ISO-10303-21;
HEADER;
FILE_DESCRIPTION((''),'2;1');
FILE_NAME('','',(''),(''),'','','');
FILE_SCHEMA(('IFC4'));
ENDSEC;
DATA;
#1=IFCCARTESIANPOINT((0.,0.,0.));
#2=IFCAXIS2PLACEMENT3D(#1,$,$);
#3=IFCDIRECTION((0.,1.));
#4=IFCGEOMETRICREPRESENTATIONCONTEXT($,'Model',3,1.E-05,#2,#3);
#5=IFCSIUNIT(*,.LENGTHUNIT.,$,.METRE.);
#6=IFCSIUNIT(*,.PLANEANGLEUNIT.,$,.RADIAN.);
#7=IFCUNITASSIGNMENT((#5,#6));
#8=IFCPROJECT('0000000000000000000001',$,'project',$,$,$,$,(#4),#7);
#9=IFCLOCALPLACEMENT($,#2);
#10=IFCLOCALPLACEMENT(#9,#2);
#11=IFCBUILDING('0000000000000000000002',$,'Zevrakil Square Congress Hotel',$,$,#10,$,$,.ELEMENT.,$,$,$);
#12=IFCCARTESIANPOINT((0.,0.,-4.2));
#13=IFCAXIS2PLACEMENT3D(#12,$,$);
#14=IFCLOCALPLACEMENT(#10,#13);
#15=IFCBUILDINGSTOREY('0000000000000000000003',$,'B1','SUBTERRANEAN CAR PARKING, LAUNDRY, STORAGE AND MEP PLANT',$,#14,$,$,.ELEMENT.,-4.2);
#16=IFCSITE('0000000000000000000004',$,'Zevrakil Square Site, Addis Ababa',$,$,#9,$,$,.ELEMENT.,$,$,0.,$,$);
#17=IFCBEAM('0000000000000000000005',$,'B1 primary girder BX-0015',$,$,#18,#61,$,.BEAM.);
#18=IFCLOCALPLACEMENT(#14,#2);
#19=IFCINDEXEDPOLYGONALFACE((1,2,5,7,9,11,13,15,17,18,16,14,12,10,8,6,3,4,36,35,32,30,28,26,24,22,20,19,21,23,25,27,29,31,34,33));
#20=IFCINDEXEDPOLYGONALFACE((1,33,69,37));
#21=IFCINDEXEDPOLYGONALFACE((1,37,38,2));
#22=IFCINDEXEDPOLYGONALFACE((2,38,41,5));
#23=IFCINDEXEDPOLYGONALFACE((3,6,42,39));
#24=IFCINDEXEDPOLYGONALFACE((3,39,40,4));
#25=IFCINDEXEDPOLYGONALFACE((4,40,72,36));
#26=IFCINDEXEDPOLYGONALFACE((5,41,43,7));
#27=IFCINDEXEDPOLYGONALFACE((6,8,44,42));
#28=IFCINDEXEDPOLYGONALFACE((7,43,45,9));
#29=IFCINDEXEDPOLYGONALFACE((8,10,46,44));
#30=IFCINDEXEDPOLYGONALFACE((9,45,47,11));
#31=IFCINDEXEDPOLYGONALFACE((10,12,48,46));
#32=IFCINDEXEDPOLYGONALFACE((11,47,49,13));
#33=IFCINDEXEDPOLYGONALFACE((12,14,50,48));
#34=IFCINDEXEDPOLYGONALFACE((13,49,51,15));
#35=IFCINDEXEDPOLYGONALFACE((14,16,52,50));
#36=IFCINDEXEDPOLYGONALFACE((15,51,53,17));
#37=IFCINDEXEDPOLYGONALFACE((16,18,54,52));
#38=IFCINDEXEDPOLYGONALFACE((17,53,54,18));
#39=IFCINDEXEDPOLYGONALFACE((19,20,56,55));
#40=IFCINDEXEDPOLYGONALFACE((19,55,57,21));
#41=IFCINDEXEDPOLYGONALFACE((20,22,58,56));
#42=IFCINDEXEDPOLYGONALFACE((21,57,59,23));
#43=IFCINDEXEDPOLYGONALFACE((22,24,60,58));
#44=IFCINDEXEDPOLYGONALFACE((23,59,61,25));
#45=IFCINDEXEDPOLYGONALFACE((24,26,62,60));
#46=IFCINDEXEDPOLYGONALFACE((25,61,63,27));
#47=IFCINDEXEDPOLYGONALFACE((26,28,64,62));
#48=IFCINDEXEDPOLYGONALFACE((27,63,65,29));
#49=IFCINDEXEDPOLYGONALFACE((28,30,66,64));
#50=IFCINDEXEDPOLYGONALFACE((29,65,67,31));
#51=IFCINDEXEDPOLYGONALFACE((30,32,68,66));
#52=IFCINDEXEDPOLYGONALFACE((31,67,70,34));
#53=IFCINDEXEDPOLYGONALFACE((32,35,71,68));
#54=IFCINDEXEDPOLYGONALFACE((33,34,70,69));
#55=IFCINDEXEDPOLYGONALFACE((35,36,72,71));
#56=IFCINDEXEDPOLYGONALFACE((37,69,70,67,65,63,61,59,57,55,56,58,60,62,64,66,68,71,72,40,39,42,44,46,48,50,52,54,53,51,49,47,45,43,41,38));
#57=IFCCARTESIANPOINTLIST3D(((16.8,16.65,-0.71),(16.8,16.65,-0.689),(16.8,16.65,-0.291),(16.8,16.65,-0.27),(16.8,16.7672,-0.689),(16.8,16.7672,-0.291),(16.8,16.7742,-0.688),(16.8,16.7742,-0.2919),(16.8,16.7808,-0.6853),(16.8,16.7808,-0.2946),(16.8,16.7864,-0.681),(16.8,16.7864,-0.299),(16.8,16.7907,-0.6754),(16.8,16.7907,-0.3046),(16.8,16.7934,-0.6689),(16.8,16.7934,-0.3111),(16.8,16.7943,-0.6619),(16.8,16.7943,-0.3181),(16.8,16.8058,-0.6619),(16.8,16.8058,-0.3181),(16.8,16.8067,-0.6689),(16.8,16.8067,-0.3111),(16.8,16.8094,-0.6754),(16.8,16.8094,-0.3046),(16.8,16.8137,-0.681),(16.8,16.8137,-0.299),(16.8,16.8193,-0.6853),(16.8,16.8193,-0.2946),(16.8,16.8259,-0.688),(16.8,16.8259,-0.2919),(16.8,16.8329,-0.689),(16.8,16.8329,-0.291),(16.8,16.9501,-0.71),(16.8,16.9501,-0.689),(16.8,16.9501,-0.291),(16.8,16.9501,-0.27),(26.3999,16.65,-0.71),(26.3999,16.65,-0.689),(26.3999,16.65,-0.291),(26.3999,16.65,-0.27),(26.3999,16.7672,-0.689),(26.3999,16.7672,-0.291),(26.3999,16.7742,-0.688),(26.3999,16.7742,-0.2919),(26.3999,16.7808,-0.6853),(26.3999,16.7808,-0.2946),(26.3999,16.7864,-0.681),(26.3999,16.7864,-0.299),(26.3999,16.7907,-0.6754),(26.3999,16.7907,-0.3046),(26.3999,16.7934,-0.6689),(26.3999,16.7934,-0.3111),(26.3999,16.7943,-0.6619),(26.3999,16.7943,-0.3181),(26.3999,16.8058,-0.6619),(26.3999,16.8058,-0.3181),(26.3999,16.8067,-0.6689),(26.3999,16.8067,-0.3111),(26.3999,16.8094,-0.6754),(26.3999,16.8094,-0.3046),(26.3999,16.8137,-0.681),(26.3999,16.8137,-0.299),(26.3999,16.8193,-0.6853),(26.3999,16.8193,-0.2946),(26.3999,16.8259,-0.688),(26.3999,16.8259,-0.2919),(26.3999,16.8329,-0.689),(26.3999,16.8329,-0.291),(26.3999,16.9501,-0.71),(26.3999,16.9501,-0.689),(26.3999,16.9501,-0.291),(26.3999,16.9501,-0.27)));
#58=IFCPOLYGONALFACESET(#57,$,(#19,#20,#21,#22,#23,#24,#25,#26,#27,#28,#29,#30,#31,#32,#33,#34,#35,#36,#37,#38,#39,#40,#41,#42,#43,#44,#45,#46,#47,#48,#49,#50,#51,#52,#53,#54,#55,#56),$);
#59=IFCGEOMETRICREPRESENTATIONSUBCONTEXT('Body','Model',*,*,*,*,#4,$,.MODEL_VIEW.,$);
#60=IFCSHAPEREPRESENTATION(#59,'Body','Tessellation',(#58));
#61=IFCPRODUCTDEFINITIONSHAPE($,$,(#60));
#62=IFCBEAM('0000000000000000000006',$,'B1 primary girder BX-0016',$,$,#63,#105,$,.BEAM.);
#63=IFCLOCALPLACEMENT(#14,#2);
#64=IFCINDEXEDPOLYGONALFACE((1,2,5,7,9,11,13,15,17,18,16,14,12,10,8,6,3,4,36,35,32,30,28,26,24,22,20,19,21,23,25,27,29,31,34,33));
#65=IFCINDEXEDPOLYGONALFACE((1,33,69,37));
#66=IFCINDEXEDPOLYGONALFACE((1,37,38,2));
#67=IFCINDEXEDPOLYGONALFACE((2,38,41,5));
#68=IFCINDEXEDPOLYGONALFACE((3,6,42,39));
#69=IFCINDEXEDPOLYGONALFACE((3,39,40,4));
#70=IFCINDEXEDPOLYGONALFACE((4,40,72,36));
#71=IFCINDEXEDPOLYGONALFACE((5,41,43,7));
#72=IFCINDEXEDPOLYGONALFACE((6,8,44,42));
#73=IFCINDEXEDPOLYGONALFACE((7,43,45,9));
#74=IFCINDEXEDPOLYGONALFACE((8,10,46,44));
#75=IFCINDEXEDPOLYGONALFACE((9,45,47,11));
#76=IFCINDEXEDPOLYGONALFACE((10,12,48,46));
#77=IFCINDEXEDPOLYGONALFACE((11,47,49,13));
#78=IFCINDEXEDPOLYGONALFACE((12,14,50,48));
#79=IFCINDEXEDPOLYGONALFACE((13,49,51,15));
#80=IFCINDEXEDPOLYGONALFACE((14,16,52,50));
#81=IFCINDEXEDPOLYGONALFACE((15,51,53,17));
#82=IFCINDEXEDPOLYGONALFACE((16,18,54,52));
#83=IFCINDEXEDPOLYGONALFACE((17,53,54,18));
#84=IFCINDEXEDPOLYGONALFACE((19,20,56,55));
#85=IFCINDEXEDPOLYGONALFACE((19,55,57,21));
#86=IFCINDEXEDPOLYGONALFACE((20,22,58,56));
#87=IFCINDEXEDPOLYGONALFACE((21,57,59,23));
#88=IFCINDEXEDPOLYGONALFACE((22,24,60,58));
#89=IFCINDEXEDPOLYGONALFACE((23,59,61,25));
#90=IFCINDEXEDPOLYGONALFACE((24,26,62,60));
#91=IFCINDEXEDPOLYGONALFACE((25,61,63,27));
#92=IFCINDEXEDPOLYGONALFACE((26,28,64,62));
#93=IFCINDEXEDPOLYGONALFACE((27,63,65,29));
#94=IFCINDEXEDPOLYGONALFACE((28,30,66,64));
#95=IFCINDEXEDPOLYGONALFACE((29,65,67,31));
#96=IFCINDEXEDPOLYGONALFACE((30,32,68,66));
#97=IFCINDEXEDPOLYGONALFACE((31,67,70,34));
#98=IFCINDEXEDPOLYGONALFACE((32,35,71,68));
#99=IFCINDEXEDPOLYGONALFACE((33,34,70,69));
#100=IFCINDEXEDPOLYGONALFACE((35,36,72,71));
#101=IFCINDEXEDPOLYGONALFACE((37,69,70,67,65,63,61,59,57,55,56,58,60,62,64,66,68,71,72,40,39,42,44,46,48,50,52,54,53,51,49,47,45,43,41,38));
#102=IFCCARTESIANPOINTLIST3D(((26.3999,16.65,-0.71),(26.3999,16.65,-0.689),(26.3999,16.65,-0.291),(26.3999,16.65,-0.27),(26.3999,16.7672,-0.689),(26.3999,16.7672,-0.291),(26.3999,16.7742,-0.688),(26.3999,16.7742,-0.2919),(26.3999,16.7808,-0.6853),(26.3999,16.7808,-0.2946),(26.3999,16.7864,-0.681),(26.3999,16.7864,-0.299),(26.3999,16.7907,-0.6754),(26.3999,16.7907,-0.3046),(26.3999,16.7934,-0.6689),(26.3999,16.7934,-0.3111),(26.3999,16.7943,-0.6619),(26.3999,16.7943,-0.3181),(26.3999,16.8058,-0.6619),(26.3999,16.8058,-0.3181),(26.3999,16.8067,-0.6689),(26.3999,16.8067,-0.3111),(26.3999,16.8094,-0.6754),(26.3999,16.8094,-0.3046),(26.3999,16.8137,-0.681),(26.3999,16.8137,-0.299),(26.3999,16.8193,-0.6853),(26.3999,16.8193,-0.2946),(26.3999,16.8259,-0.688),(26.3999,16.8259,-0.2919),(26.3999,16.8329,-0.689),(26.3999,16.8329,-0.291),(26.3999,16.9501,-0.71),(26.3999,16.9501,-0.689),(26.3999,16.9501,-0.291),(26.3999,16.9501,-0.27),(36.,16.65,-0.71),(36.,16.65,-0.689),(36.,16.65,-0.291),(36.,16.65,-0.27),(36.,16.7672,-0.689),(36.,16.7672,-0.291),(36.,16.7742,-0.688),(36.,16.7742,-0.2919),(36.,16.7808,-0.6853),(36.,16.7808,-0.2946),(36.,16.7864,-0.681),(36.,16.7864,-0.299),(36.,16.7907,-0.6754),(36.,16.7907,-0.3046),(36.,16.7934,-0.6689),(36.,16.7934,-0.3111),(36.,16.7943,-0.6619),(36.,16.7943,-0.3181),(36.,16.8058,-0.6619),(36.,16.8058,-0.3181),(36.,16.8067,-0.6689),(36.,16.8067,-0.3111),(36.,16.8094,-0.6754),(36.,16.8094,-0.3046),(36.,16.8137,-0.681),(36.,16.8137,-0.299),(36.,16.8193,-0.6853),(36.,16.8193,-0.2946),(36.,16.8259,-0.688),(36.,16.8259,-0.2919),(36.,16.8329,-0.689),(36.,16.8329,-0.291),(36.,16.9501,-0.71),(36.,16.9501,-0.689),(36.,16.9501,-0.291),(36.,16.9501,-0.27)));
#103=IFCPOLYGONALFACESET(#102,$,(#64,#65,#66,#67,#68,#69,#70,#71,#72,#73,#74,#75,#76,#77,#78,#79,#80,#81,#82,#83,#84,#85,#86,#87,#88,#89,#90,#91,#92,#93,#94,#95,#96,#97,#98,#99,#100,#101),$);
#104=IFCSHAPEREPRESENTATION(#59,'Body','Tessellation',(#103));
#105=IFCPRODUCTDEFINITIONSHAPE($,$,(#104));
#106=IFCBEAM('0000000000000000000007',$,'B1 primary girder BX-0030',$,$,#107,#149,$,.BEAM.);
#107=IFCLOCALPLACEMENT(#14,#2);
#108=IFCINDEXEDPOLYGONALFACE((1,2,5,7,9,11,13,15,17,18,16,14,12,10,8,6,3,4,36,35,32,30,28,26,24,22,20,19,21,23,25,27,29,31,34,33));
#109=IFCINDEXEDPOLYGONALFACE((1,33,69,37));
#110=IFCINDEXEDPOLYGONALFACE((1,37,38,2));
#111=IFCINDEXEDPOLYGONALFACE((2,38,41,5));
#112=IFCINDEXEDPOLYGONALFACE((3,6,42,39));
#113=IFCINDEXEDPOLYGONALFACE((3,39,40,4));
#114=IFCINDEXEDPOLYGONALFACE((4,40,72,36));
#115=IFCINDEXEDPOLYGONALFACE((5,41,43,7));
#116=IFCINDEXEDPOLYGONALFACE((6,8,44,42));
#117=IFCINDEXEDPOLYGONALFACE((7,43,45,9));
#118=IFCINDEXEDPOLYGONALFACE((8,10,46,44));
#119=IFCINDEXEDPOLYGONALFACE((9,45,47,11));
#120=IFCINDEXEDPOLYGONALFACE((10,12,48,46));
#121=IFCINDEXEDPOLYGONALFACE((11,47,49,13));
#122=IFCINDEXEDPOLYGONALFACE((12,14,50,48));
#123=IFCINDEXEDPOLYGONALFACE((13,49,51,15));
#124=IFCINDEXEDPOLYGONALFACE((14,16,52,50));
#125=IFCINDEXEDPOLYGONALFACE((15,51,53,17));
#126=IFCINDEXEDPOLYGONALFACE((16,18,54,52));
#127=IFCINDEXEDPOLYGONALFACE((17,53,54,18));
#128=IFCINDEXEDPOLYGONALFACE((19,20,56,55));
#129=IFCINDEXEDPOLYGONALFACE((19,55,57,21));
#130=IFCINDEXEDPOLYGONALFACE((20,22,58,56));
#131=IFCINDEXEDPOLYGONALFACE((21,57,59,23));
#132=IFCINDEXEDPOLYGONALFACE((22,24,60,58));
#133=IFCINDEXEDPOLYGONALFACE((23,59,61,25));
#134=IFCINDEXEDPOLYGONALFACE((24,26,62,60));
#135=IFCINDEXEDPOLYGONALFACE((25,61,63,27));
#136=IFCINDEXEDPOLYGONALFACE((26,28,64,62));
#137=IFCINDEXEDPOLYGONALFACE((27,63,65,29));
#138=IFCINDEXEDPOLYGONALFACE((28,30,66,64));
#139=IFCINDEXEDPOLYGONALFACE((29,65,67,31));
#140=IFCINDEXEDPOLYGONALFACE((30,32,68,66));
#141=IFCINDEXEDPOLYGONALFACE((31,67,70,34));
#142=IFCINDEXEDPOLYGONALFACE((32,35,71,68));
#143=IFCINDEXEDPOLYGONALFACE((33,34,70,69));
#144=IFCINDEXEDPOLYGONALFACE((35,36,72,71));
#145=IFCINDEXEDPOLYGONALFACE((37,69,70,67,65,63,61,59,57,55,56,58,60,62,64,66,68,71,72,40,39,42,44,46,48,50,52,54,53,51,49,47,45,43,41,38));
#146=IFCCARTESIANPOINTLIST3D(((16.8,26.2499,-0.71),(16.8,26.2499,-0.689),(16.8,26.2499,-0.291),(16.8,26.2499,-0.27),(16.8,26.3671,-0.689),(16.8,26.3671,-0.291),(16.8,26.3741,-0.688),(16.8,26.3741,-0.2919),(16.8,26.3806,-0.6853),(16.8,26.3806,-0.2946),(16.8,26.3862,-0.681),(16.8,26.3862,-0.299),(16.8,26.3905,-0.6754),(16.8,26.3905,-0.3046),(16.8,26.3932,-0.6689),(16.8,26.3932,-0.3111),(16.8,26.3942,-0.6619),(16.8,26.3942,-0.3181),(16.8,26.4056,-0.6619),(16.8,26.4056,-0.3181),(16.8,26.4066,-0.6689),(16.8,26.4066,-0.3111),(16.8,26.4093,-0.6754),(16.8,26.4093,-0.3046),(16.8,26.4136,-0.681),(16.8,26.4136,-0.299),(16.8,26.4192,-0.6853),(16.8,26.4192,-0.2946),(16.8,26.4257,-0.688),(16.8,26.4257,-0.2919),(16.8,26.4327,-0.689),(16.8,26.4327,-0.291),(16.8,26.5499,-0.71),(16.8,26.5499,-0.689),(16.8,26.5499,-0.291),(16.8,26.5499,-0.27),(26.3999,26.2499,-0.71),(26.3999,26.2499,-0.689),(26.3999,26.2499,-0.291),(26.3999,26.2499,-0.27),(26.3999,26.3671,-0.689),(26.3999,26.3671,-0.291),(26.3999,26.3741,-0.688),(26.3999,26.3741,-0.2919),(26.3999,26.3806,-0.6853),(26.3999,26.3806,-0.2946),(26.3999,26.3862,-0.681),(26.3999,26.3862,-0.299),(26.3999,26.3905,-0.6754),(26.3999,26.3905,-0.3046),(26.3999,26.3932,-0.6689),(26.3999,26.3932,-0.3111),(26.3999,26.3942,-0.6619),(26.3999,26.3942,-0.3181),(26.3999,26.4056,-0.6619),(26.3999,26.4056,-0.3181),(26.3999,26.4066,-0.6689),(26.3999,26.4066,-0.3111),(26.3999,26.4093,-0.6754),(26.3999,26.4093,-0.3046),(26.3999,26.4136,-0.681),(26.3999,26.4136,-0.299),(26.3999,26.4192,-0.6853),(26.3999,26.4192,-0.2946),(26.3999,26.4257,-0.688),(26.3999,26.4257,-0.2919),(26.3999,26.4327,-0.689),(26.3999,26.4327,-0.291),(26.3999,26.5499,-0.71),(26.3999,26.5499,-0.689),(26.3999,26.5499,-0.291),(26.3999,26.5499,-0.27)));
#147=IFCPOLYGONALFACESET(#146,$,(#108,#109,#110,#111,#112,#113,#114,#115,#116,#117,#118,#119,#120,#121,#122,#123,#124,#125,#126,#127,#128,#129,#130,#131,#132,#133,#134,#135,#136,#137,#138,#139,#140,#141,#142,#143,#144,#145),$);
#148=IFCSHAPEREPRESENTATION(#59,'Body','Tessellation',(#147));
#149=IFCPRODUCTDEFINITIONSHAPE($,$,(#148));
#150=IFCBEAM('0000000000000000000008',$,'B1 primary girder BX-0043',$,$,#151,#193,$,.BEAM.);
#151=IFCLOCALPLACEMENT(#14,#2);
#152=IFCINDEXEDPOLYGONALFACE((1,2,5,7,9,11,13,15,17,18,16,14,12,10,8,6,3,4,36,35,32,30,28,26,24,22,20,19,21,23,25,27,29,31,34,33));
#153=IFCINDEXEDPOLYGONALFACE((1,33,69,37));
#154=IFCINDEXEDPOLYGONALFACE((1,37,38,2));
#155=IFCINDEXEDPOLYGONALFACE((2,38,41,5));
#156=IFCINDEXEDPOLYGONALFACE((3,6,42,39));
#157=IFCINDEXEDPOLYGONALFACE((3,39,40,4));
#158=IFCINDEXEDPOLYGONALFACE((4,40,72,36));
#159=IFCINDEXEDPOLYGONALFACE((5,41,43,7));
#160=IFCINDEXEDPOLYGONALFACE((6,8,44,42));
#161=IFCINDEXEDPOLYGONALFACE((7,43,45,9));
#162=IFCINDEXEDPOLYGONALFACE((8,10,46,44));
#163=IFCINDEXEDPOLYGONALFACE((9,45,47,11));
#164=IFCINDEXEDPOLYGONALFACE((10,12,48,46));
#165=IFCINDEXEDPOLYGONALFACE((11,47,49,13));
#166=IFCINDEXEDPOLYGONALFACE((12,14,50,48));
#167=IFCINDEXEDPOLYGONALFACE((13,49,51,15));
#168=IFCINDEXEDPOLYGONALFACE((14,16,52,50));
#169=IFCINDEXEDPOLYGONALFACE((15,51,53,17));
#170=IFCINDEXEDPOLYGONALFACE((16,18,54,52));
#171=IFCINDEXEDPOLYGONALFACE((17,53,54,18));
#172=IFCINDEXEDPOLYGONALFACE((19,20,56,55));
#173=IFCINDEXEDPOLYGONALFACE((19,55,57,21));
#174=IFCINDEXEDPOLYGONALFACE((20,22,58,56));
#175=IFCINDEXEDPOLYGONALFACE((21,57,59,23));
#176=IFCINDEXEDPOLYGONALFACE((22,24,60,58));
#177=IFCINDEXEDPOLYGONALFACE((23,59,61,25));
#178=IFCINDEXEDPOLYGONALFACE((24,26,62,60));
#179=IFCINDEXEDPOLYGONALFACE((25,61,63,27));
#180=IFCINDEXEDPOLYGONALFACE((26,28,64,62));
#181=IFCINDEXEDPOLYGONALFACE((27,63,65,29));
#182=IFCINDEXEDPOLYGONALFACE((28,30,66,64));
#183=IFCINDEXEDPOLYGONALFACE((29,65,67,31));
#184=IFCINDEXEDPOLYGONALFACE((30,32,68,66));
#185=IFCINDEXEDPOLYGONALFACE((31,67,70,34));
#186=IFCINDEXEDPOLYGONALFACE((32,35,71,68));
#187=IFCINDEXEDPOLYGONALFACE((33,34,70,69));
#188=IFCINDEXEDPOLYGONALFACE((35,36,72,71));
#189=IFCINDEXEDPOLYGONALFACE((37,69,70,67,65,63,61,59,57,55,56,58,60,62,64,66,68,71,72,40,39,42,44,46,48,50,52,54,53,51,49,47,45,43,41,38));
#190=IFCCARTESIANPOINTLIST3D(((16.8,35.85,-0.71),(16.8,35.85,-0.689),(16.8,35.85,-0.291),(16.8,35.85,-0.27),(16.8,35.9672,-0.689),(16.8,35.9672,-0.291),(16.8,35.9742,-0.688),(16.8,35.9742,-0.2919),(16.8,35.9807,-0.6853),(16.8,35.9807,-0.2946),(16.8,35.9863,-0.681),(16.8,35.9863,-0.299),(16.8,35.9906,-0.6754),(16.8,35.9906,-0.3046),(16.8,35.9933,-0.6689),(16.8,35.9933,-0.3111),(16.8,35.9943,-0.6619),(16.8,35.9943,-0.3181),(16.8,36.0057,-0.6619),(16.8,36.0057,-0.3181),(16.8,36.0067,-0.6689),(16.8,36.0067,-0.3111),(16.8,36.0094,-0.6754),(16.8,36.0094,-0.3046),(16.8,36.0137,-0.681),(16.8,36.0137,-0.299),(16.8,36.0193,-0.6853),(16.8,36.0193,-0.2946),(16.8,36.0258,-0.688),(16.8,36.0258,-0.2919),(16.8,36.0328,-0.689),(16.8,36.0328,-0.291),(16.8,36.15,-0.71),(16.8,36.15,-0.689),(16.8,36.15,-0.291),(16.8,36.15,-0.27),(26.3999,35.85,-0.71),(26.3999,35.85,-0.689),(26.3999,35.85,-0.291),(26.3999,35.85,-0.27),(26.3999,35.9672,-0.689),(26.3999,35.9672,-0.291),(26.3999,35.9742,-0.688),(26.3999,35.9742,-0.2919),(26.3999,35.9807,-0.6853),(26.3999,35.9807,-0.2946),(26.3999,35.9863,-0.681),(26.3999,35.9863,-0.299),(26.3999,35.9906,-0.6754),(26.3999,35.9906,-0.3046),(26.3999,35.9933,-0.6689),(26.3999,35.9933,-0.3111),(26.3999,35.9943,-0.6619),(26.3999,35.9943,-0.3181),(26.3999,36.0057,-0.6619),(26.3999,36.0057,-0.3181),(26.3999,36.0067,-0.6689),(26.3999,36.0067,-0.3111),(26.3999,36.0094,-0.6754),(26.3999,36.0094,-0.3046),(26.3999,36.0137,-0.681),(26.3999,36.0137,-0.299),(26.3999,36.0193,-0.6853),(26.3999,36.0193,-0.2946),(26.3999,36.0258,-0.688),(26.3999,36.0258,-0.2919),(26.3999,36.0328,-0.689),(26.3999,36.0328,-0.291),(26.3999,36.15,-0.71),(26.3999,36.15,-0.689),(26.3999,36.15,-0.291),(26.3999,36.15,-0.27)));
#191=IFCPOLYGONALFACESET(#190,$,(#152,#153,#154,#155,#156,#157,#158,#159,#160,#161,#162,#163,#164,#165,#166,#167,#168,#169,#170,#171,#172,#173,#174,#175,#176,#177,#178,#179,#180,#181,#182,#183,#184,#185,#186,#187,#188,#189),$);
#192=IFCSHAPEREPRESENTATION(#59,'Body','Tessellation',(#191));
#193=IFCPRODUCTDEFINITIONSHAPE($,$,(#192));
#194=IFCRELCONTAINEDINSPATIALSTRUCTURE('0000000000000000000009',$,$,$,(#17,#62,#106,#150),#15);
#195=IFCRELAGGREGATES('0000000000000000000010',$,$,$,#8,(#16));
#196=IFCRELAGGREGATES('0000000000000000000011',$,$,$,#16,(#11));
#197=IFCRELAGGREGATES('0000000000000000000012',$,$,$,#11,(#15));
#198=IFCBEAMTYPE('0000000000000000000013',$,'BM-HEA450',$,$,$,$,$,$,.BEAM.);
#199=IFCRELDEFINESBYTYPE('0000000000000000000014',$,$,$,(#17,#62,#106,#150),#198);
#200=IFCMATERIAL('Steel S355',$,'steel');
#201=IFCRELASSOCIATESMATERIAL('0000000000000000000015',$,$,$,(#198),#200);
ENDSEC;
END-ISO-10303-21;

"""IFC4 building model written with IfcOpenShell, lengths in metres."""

from ifc_helpers import new_model, si_unit, direction, frame, origin, origin_2d, place, context, subcontext, project, spatial, i_section, extrude, material, material_profile, profile_set, type_object, element, save


model = new_model("IFC4")

# Units and contexts
model_context = context("Model", 3, precision=1e-05, world=origin(), true_north=direction((0.0, 1.0)))
body_context = subcontext(model_context, "Body", "Model", "MODEL_VIEW")
ifc_project = project(units=[si_unit("LENGTHUNIT", "METRE"), si_unit("PLANEANGLEUNIT", "RADIAN")], contexts=[model_context])

# Site, building, storey
site_placement = place(None, origin())
site = spatial("IfcSite", under=ifc_project, at=site_placement, Name="Zevrakil Square Site, Addis Ababa", CompositionType="ELEMENT", RefElevation=0.0)
building_placement = place(site_placement, origin())
building = spatial("IfcBuilding", under=site, at=building_placement, Name="Zevrakil Square Congress Hotel", CompositionType="ELEMENT")
storey_placement = place(building_placement, frame((0.0, 0.0, -4.2)))
storey = spatial("IfcBuildingStorey", under=building, at=storey_placement, Name="B1", Description="SUBTERRANEAN CAR PARKING, LAUNDRY, STORAGE AND MEP PLANT", CompositionType="ELEMENT", Elevation=-4.2)

# Beams
ifc_material_1 = material(Name="Steel S355", Category="steel")
ifc_material_profile_1 = material_profile(ifc_material_1, i_section(OverallWidth=0.3, OverallDepth=0.4399, WebThickness=0.0115, FlangeThickness=0.021, FilletRadius=0.0271, at=origin_2d()), Name="HEA 450")
ifc_profile_set_1 = profile_set([ifc_material_profile_1], Name="Steel S355")
beam_type_1 = type_object("IfcBeamType", Name="BM-HEA450", PredefinedType="BEAM", material=ifc_profile_set_1)
beam_1_placement = place(storey_placement, frame((16.8, 16.8, -0.49), z_axis=(1.0, 0.0, 0.0), x_axis=(0.0, 1.0, 0.0)))
element("IfcBeam", 1, at=beam_1_placement, inside=storey, type_object=beam_type_1, Name="B1 primary girder BX-0015", PredefinedType="BEAM", context=body_context, shape_type="SweptSolid", body=[
    extrude(i_section(OverallWidth=0.3, OverallDepth=0.4399, WebThickness=0.0115, FlangeThickness=0.021, FilletRadius=0.0271, at=origin_2d()), origin(), (0.0, 0.0, 1.0), 9.5999),
])
beam_2_placement = place(storey_placement, frame((26.3999, 16.8, -0.49), z_axis=(1.0, 0.0, 0.0), x_axis=(0.0, 1.0, 0.0)))
element("IfcBeam", 2, at=beam_2_placement, inside=storey, type_object=beam_type_1, Name="B1 primary girder BX-0016", PredefinedType="BEAM", context=body_context, shape_type="SweptSolid", body=[
    extrude(i_section(OverallWidth=0.3, OverallDepth=0.4399, WebThickness=0.0115, FlangeThickness=0.021, FilletRadius=0.0271, at=origin_2d()), origin(), (0.0, 0.0, 1.0), 9.6001),
])
for number, where, z_axis, x_axis, name in (
    (3, (16.8, 26.3999, -0.49), (1.0, 0.0, 0.0), (0.0, 1.0, 0.0), "B1 primary girder BX-0030"),
    (4, (16.8, 36.0, -0.49), (1.0, 0.0, 0.0), (0.0, 1.0, 0.0), "B1 primary girder BX-0043"),
):
    element("IfcBeam", number, at=place(storey_placement, frame(where, z_axis=z_axis, x_axis=x_axis)), inside=storey, type_object=beam_type_1, Name=name, PredefinedType="BEAM", context=body_context, shape_type="SweptSolid", body=[
        extrude(i_section(OverallWidth=0.3, OverallDepth=0.4399, WebThickness=0.0115, FlangeThickness=0.021, FilletRadius=0.0271, at=origin_2d()), origin(), (0.0, 0.0, 1.0), 9.5999),
    ])

save(model, "model.ifc")
